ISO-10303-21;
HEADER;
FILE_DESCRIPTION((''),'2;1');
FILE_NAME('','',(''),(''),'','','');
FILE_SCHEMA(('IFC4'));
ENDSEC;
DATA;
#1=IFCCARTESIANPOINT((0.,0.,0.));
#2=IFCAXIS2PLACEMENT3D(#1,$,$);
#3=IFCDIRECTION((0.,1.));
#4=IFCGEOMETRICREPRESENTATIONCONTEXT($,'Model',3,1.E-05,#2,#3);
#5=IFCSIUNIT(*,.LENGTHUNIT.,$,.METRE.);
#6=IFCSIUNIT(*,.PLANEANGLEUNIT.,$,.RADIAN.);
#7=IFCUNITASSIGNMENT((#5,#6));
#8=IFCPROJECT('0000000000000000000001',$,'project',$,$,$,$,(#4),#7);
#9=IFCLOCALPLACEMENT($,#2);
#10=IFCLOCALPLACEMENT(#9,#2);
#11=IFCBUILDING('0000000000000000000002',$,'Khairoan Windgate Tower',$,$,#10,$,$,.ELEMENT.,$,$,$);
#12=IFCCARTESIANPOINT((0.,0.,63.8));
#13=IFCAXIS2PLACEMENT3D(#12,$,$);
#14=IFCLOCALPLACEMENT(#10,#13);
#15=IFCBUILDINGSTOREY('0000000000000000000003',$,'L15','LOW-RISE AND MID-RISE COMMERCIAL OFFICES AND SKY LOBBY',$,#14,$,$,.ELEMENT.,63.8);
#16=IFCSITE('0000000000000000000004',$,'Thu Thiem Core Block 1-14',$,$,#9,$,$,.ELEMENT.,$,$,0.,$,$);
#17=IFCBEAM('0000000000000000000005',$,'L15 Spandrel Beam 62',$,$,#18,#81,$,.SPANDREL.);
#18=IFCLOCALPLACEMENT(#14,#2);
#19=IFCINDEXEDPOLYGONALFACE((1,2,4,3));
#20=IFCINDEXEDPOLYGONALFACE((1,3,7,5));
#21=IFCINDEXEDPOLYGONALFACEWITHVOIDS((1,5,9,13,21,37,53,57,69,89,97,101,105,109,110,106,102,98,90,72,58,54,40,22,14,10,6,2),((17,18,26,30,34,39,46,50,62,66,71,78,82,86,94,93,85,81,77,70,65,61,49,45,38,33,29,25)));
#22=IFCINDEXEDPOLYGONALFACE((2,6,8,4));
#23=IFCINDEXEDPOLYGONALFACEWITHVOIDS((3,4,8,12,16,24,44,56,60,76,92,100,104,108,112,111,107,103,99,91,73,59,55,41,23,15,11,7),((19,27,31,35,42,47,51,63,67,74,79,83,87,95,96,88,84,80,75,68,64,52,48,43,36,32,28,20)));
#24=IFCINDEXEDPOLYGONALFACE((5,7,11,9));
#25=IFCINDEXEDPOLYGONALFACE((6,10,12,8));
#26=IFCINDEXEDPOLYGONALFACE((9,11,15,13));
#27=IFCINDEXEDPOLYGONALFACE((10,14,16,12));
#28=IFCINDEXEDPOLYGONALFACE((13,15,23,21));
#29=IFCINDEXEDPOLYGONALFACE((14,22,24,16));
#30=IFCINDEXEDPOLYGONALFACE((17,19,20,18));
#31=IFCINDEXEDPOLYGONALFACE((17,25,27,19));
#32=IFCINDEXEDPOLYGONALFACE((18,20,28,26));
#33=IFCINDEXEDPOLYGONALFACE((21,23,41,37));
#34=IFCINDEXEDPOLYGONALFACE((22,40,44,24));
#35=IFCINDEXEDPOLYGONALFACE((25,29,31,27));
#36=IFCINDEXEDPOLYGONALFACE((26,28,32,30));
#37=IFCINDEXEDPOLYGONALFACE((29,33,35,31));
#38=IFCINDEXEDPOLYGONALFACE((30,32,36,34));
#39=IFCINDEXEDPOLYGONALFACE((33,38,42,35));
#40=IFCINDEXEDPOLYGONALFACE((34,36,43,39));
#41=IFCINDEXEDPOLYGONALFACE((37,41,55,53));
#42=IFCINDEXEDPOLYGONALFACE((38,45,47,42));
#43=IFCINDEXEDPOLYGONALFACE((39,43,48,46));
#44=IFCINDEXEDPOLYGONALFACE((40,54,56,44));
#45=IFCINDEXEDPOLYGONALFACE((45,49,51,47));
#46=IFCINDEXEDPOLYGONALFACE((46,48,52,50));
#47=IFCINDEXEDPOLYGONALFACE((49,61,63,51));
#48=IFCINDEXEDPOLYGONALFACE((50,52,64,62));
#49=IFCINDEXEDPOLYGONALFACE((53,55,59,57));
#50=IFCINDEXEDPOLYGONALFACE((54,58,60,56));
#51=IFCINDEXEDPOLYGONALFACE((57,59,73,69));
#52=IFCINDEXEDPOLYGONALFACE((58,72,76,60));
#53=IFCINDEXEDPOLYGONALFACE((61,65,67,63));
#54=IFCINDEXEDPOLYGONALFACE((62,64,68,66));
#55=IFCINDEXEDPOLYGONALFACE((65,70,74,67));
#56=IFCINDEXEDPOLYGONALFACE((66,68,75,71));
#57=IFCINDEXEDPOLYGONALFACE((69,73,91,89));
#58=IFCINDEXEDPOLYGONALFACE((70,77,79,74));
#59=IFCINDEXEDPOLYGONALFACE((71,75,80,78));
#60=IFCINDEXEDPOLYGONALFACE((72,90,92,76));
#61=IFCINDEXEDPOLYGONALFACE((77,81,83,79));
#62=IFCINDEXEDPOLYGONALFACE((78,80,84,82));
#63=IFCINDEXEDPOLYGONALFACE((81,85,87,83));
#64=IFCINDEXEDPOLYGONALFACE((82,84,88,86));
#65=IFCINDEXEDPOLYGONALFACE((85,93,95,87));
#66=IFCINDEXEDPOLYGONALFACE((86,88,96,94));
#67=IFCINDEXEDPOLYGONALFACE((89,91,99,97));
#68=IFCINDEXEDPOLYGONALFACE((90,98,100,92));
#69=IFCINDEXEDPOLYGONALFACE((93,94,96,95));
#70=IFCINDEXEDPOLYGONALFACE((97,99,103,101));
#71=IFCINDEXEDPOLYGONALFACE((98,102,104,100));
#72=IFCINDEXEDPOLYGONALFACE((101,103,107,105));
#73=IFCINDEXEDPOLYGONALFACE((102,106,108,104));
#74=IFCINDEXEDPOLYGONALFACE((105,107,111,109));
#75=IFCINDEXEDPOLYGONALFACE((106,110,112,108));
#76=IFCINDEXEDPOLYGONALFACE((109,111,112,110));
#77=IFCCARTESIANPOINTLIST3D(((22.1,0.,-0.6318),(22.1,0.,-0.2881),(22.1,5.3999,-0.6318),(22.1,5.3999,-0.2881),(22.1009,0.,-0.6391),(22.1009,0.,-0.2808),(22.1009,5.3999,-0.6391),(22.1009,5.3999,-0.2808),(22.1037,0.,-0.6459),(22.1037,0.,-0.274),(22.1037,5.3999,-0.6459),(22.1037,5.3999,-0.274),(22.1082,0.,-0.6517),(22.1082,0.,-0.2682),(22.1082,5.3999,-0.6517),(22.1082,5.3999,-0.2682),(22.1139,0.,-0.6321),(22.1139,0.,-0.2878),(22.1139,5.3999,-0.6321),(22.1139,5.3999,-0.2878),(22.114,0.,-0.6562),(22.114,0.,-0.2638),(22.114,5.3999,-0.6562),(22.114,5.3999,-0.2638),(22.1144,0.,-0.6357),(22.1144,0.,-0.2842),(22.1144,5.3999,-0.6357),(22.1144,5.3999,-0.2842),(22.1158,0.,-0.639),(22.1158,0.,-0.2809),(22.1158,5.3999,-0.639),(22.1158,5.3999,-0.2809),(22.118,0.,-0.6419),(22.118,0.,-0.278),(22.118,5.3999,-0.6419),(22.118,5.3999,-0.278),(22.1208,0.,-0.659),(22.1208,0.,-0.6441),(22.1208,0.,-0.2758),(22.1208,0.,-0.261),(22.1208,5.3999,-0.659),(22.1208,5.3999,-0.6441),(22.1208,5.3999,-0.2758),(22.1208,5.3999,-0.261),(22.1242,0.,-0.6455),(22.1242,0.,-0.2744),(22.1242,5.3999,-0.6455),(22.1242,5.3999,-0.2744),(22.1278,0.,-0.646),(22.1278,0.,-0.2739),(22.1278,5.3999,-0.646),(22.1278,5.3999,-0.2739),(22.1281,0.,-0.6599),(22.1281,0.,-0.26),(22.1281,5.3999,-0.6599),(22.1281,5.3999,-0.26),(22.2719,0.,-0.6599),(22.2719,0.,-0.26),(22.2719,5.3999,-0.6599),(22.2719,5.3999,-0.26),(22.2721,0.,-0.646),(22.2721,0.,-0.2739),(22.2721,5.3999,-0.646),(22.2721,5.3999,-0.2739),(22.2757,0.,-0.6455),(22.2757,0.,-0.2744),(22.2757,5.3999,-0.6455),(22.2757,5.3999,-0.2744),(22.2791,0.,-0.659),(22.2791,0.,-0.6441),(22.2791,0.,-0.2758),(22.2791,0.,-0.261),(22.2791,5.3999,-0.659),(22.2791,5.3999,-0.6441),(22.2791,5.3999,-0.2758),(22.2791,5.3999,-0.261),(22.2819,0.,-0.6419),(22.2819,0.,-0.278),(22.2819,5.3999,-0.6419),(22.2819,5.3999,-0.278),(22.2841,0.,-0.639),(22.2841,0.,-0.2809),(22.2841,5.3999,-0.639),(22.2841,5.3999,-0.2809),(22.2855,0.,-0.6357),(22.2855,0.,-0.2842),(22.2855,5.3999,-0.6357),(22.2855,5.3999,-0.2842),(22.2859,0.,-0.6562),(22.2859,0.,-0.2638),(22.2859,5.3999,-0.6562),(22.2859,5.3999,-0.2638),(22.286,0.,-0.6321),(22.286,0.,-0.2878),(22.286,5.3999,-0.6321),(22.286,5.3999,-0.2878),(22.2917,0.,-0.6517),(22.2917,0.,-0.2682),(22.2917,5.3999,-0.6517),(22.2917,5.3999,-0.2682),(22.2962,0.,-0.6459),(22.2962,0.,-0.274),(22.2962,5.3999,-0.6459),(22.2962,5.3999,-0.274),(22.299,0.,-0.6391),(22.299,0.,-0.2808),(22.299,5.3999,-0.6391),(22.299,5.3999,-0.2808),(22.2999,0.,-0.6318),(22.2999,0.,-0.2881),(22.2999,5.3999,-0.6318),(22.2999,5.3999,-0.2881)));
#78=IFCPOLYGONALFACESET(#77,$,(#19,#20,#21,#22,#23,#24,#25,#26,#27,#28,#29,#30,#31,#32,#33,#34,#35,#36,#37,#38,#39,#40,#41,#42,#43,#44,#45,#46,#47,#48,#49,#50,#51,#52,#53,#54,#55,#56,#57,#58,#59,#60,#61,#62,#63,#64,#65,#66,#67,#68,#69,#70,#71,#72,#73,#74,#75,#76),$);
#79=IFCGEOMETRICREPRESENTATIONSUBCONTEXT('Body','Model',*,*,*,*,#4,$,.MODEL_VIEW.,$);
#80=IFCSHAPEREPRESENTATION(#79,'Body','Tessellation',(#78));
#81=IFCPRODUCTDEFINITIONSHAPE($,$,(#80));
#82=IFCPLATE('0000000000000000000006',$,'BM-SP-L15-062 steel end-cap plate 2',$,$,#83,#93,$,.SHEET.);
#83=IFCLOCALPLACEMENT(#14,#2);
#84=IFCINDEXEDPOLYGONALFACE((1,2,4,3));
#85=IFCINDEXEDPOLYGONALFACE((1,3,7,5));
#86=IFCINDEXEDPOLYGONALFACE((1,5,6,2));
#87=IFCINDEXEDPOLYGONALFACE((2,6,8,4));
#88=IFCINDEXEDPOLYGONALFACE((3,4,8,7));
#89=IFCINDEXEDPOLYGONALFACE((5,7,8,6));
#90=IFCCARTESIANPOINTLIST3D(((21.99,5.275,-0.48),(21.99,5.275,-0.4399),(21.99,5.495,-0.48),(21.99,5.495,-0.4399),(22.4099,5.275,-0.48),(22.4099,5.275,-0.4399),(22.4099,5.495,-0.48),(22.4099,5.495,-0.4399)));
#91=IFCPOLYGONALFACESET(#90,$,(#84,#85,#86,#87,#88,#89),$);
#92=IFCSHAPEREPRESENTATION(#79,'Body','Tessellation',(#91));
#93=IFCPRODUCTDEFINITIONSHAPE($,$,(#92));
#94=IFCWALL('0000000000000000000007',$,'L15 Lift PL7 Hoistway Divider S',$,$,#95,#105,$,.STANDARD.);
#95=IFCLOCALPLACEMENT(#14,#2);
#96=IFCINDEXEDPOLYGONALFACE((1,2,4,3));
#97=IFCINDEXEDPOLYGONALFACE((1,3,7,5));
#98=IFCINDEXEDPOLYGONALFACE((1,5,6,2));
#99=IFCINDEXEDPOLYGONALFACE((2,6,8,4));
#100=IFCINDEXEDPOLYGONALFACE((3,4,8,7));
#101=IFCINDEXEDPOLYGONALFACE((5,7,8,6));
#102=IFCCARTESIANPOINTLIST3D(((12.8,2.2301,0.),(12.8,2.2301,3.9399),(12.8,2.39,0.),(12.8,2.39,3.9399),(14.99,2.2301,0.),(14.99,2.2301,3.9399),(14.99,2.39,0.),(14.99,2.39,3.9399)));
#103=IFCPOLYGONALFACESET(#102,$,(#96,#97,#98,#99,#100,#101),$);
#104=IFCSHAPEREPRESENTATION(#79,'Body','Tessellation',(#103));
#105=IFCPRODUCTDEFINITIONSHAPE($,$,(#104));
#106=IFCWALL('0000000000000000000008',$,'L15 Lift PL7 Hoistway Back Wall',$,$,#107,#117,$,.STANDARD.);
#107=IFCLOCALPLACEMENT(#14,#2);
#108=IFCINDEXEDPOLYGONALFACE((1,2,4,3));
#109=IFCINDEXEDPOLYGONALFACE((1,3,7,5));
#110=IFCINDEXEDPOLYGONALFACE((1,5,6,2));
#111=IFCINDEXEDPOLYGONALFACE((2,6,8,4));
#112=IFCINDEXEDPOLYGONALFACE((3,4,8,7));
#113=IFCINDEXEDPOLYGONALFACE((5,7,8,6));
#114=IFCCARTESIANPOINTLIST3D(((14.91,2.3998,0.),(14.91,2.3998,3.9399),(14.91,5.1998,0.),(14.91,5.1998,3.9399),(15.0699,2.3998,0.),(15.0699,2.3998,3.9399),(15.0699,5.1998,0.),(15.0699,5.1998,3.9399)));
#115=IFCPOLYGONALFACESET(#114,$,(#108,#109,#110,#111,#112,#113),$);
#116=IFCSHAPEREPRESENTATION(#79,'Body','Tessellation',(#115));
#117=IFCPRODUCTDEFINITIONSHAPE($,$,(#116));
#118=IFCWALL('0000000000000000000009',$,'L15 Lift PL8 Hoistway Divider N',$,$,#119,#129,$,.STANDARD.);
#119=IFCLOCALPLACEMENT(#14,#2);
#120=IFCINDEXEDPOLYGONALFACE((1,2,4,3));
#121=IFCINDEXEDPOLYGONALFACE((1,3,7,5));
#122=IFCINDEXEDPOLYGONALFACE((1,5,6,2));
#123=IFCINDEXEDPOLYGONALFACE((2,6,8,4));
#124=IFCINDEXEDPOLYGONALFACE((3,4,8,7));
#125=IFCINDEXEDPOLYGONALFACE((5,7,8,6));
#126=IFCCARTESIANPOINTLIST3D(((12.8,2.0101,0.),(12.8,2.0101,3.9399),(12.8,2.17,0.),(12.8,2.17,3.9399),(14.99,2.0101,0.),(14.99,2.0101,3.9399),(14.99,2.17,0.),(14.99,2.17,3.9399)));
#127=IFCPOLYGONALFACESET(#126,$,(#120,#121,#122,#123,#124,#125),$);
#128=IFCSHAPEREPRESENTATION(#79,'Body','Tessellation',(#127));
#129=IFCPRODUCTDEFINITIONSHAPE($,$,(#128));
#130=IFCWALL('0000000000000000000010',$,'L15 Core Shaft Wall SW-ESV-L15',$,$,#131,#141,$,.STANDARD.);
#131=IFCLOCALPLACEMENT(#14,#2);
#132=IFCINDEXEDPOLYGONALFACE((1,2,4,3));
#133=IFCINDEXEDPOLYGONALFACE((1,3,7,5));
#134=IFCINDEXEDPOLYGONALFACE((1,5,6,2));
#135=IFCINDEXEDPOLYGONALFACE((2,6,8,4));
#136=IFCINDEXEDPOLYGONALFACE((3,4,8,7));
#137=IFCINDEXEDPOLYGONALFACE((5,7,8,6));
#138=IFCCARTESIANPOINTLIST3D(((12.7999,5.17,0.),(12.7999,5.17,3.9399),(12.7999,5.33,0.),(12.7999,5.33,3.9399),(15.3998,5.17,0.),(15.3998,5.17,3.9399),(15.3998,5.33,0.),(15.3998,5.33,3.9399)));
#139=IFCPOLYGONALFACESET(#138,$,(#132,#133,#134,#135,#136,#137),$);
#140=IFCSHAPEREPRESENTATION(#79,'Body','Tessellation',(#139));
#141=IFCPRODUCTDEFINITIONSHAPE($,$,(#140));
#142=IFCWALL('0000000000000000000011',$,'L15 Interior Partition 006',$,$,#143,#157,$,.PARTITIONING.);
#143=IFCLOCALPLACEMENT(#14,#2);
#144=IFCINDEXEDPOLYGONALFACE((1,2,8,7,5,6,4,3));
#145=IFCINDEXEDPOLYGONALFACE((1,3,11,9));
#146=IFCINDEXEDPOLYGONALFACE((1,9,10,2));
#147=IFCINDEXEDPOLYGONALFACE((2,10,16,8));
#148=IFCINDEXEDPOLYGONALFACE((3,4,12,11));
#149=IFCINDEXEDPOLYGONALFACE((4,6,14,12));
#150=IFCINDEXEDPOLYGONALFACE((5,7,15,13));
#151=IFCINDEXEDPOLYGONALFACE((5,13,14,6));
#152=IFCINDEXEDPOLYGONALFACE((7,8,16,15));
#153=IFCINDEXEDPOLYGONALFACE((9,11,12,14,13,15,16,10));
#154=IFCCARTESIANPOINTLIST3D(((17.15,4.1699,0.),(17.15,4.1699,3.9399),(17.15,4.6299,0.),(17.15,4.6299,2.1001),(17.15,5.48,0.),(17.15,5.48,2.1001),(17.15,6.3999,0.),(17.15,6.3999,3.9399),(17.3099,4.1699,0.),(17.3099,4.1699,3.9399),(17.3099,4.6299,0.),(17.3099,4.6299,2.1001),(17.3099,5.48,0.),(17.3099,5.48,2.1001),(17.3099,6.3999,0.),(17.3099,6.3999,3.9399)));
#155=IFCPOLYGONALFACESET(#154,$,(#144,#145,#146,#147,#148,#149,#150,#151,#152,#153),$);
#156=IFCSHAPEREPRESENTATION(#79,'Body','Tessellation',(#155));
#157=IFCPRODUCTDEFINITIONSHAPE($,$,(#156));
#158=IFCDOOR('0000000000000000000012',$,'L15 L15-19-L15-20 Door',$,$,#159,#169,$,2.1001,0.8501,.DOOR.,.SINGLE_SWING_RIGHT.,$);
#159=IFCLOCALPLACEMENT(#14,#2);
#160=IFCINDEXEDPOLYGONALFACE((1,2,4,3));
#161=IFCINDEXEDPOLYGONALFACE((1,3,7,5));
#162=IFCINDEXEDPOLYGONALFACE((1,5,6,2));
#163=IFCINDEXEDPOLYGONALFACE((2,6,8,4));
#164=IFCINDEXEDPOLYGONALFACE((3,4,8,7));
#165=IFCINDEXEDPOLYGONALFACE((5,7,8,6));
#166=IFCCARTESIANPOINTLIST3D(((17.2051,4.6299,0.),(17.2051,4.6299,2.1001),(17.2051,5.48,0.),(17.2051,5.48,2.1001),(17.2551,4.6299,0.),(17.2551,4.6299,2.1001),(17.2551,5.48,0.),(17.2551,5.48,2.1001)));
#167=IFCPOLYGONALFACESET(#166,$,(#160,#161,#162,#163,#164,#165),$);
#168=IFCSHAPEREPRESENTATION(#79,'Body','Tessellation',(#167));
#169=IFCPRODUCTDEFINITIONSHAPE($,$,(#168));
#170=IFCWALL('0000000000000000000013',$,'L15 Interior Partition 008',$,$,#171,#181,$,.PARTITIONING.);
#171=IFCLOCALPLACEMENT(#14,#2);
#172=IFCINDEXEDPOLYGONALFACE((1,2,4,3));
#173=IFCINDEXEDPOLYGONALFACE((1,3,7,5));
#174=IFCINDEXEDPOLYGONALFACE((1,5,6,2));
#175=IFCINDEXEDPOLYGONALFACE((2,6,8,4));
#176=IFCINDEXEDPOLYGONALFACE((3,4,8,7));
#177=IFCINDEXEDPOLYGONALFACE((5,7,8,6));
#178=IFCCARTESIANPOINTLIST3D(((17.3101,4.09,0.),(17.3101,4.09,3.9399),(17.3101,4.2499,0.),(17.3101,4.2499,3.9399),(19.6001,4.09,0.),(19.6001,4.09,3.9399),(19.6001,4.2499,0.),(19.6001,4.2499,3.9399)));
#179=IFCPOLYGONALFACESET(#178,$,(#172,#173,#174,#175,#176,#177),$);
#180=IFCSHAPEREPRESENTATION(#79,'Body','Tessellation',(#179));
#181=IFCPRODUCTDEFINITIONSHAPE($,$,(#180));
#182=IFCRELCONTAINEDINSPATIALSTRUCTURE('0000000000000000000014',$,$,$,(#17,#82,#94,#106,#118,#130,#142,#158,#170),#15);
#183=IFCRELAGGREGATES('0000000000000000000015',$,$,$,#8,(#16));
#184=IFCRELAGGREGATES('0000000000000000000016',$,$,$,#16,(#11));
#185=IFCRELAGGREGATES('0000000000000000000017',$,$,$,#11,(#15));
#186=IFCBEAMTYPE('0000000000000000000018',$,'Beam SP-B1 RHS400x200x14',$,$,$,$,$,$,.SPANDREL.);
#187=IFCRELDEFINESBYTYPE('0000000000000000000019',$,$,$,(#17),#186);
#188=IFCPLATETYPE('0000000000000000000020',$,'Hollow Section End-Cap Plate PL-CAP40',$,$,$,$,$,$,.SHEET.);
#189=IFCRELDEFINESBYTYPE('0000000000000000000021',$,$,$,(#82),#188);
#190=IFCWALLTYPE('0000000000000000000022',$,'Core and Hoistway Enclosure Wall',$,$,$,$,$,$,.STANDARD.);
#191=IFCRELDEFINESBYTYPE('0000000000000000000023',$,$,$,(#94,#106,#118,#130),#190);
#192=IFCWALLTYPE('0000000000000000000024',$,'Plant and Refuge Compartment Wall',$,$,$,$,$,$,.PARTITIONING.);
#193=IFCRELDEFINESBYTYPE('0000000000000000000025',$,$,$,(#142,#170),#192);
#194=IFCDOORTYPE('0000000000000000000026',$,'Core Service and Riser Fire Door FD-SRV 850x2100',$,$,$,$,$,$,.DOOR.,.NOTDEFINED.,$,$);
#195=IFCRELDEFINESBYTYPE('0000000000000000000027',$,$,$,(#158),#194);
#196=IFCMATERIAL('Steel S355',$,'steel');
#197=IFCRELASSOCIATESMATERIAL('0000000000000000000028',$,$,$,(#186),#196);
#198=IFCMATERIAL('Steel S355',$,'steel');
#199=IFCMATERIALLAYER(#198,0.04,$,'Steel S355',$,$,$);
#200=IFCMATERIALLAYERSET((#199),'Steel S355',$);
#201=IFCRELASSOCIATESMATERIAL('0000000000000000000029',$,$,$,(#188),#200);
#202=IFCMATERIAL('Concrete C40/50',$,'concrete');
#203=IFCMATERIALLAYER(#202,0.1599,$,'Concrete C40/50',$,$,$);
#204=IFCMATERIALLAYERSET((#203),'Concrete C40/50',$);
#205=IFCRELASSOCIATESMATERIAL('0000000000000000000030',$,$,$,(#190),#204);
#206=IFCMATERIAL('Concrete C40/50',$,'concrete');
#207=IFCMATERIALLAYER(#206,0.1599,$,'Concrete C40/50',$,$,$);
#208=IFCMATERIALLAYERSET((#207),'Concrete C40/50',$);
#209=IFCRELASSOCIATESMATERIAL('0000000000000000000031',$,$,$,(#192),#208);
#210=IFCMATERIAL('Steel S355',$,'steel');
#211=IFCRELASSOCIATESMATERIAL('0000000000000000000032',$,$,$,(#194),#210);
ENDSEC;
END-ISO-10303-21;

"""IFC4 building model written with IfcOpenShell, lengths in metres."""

from ifc_helpers import new_model, si_unit, direction, frame, frame_2d, origin, origin_2d, place, context, subcontext, project, spatial, rectangle, hollow_rectangle, extrude, material, layer, layer_set, material_profile, profile_set, type_object, element, fill, save


model = new_model("IFC4")

# Units and contexts
model_context = context("Model", 3, precision=1e-05, world=origin(), true_north=direction((0.0, 1.0)))
body_context = subcontext(model_context, "Body", "Model", "MODEL_VIEW")
ifc_project = project(units=[si_unit("LENGTHUNIT", "METRE"), si_unit("PLANEANGLEUNIT", "RADIAN")], contexts=[model_context])

# Site, building, storey
site_placement = place(None, origin())
site = spatial("IfcSite", under=ifc_project, at=site_placement, Name="Thu Thiem Core Block 1-14", CompositionType="ELEMENT", RefElevation=0.0)
building_placement = place(site_placement, origin())
building = spatial("IfcBuilding", under=site, at=building_placement, Name="Khairoan Windgate Tower", CompositionType="ELEMENT")
storey_placement = place(building_placement, frame((0.0, 0.0, 63.8)))
storey = spatial("IfcBuildingStorey", under=building, at=storey_placement, Name="L15", Description="LOW-RISE AND MID-RISE COMMERCIAL OFFICES AND SKY LOBBY", CompositionType="ELEMENT", Elevation=63.8)

# Beam
ifc_material_1 = material(Name="Steel S355", Category="steel")
ifc_material_profile_1 = material_profile(ifc_material_1, hollow_rectangle(XDim=0.2, YDim=0.3999, WallThickness=0.0139, InnerFilletRadius=0.0139, OuterFilletRadius=0.0281, at=origin_2d()))
ifc_profile_set_1 = profile_set([ifc_material_profile_1], Name="Steel S355")
beam_type_1 = type_object("IfcBeamType", Name="Beam SP-B1 RHS400x200x14", PredefinedType="SPANDREL", material=ifc_profile_set_1)
beam_1_placement = place(storey_placement, frame((22.2, 0.0, -0.46), z_axis=(0.0, 1.0, 0.0), x_axis=(-1.0, 0.0, 0.0)))
element("IfcBeam", 1, at=beam_1_placement, inside=storey, type_object=beam_type_1, Name="L15 Spandrel Beam 62", PredefinedType="SPANDREL", context=body_context, shape_type="SweptSolid", body=[
    extrude(hollow_rectangle(XDim=0.2, YDim=0.3999, WallThickness=0.0139, InnerFilletRadius=0.0139, OuterFilletRadius=0.0281, at=origin_2d()), origin(), (0.0, 0.0, 1.0), 5.3999),
])

# Plate
ifc_material_2 = material(Name="Steel S355", Category="steel")
ifc_layer_1 = layer(ifc_material_2, 0.04, Name="Steel S355")
ifc_layer_set_1 = layer_set([ifc_layer_1], Name="Steel S355")
plate_type = type_object("IfcPlateType", Name="Hollow Section End-Cap Plate PL-CAP40", PredefinedType="SHEET", material=ifc_layer_set_1)
plate_placement = place(storey_placement, frame((22.2, 5.385, -0.48), z_axis=(0.0, 0.0, 1.0), x_axis=(0.0, 1.0, 0.0)))
element("IfcPlate", 2, at=plate_placement, inside=storey, type_object=plate_type, Name="BM-SP-L15-062 steel end-cap plate 2", PredefinedType="SHEET", context=body_context, shape_type="SweptSolid", body=[
    extrude(rectangle(XDim=0.22, YDim=0.4199, at=origin_2d()), origin(), (0.0, 0.0, 1.0), 0.04),
])

# Walls
ifc_material_3 = material(Name="Concrete C40/50", Category="concrete")
ifc_layer_2 = layer(ifc_material_3, 0.1599, Name="Concrete C40/50")
ifc_layer_set_2 = layer_set([ifc_layer_2], Name="Concrete C40/50")
wall_type_1 = type_object("IfcWallType", Name="Core and Hoistway Enclosure Wall", PredefinedType="STANDARD", material=ifc_layer_set_2)
wall_1_placement = place(storey_placement, frame((12.8, 2.3101, 0.0), z_axis=(0.0, 0.0, 1.0), x_axis=(1.0, 0.0, 0.0)))
element("IfcWall", 3, at=wall_1_placement, inside=storey, type_object=wall_type_1, Name="L15 Lift PL7 Hoistway Divider S", PredefinedType="STANDARD", context=body_context, shape_type="SweptSolid", body=[
    extrude(rectangle(XDim=2.1899, YDim=0.1599, at=frame_2d((1.095, 0.0))), origin(), (0.0, 0.0, 1.0), 3.9399),
])
wall_2_placement = place(storey_placement, frame((14.99, 2.3999, 0.0), z_axis=(0.0, 0.0, 1.0), x_axis=(0.0, 1.0, 0.0)))
element("IfcWall", 4, at=wall_2_placement, inside=storey, type_object=wall_type_1, Name="L15 Lift PL7 Hoistway Back Wall", PredefinedType="STANDARD", context=body_context, shape_type="SweptSolid", body=[
    extrude(rectangle(XDim=2.8, YDim=0.1599, at=frame_2d((1.3999, 0.0))), origin(), (0.0, 0.0, 1.0), 3.9399),
])
wall_3_placement = place(storey_placement, frame((12.8, 2.0901, 0.0), z_axis=(0.0, 0.0, 1.0), x_axis=(1.0, 0.0, 0.0)))
element("IfcWall", 5, at=wall_3_placement, inside=storey, type_object=wall_type_1, Name="L15 Lift PL8 Hoistway Divider N", PredefinedType="STANDARD", context=body_context, shape_type="SweptSolid", body=[
    extrude(rectangle(XDim=2.1899, YDim=0.1599, at=frame_2d((1.095, 0.0))), origin(), (0.0, 0.0, 1.0), 3.9399),
])
wall_4_placement = place(storey_placement, frame((12.8, 5.25, 0.0), z_axis=(0.0, 0.0, 1.0), x_axis=(1.0, 0.0, 0.0)))
element("IfcWall", 6, at=wall_4_placement, inside=storey, type_object=wall_type_1, Name="L15 Core Shaft Wall SW-ESV-L15", PredefinedType="STANDARD", context=body_context, shape_type="SweptSolid", body=[
    extrude(rectangle(XDim=2.5999, YDim=0.1599, at=frame_2d((1.2998, 0.0))), origin(), (0.0, 0.0, 1.0), 3.9399),
])

# Wall, opening, door
ifc_material_4 = material(Name="Concrete C40/50", Category="concrete")
ifc_layer_3 = layer(ifc_material_4, 0.1599, Name="Concrete C40/50")
ifc_layer_set_3 = layer_set([ifc_layer_3], Name="Concrete C40/50")
wall_type_2 = type_object("IfcWallType", Name="Plant and Refuge Compartment Wall", PredefinedType="PARTITIONING", material=ifc_layer_set_3)
wall_5_placement = place(storey_placement, frame((17.23, 4.1699, 0.0), z_axis=(0.0, 0.0, 1.0), x_axis=(0.0, 1.0, 0.0)))
wall_5 = element("IfcWall", 7, at=wall_5_placement, inside=storey, type_object=wall_type_2, Name="L15 Interior Partition 006", PredefinedType="PARTITIONING", context=body_context, shape_type="SweptSolid", body=[
    extrude(rectangle(XDim=2.23, YDim=0.1599, at=frame_2d((1.115, 0.0))), origin(), (0.0, 0.0, 1.0), 3.9399),
])
opening_placement = place(wall_5_placement, frame((0.46, 0.0, 0.0)))
opening = element("IfcOpeningElement", 8, at=opening_placement, cuts=wall_5, PredefinedType="OPENING", context=body_context, shape_type="SweptSolid", body=[
    extrude(rectangle(XDim=0.8501, YDim=2.1001, at=frame_2d((0.425, 1.05))), frame((0.0, 0.0898, 0.0), z_axis=(0.0, -1.0, 0.0), x_axis=(1.0, 0.0, 0.0)), (0.0, 0.0, 1.0), 0.1799),
])
ifc_material_5 = material(Name="Steel S355", Category="steel")
door_type = type_object("IfcDoorType", Name="Core Service and Riser Fire Door FD-SRV 850x2100", OperationType="NOTDEFINED", PredefinedType="DOOR", material=ifc_material_5)
door_placement = place(opening_placement, origin())
door = element("IfcDoor", 9, at=door_placement, inside=storey, type_object=door_type, Name="L15 L15-19-L15-20 Door", OperationType="SINGLE_SWING_RIGHT", OverallHeight=2.1001, OverallWidth=0.8501, PredefinedType="DOOR", context=body_context, shape_type="SweptSolid", body=[
    extrude(rectangle(XDim=0.8501, YDim=2.1001, at=frame_2d((0.425, 1.05))), frame((0.0, 0.0249, 0.0), z_axis=(0.0, -1.0, 0.0), x_axis=(1.0, 0.0, 0.0)), (0.0, 0.0, 1.0), 0.05),
])
fill(opening, door)

# Wall
wall_6_placement = place(storey_placement, frame((17.3101, 4.1699, 0.0), z_axis=(0.0, 0.0, 1.0), x_axis=(1.0, 0.0, 0.0)))
element("IfcWall", 10, at=wall_6_placement, inside=storey, type_object=wall_type_2, Name="L15 Interior Partition 008", PredefinedType="PARTITIONING", context=body_context, shape_type="SweptSolid", body=[
    extrude(rectangle(XDim=2.29, YDim=0.1599, at=frame_2d((1.145, 0.0))), origin(), (0.0, 0.0, 1.0), 3.9399),
])

save(model, "model.ifc")
